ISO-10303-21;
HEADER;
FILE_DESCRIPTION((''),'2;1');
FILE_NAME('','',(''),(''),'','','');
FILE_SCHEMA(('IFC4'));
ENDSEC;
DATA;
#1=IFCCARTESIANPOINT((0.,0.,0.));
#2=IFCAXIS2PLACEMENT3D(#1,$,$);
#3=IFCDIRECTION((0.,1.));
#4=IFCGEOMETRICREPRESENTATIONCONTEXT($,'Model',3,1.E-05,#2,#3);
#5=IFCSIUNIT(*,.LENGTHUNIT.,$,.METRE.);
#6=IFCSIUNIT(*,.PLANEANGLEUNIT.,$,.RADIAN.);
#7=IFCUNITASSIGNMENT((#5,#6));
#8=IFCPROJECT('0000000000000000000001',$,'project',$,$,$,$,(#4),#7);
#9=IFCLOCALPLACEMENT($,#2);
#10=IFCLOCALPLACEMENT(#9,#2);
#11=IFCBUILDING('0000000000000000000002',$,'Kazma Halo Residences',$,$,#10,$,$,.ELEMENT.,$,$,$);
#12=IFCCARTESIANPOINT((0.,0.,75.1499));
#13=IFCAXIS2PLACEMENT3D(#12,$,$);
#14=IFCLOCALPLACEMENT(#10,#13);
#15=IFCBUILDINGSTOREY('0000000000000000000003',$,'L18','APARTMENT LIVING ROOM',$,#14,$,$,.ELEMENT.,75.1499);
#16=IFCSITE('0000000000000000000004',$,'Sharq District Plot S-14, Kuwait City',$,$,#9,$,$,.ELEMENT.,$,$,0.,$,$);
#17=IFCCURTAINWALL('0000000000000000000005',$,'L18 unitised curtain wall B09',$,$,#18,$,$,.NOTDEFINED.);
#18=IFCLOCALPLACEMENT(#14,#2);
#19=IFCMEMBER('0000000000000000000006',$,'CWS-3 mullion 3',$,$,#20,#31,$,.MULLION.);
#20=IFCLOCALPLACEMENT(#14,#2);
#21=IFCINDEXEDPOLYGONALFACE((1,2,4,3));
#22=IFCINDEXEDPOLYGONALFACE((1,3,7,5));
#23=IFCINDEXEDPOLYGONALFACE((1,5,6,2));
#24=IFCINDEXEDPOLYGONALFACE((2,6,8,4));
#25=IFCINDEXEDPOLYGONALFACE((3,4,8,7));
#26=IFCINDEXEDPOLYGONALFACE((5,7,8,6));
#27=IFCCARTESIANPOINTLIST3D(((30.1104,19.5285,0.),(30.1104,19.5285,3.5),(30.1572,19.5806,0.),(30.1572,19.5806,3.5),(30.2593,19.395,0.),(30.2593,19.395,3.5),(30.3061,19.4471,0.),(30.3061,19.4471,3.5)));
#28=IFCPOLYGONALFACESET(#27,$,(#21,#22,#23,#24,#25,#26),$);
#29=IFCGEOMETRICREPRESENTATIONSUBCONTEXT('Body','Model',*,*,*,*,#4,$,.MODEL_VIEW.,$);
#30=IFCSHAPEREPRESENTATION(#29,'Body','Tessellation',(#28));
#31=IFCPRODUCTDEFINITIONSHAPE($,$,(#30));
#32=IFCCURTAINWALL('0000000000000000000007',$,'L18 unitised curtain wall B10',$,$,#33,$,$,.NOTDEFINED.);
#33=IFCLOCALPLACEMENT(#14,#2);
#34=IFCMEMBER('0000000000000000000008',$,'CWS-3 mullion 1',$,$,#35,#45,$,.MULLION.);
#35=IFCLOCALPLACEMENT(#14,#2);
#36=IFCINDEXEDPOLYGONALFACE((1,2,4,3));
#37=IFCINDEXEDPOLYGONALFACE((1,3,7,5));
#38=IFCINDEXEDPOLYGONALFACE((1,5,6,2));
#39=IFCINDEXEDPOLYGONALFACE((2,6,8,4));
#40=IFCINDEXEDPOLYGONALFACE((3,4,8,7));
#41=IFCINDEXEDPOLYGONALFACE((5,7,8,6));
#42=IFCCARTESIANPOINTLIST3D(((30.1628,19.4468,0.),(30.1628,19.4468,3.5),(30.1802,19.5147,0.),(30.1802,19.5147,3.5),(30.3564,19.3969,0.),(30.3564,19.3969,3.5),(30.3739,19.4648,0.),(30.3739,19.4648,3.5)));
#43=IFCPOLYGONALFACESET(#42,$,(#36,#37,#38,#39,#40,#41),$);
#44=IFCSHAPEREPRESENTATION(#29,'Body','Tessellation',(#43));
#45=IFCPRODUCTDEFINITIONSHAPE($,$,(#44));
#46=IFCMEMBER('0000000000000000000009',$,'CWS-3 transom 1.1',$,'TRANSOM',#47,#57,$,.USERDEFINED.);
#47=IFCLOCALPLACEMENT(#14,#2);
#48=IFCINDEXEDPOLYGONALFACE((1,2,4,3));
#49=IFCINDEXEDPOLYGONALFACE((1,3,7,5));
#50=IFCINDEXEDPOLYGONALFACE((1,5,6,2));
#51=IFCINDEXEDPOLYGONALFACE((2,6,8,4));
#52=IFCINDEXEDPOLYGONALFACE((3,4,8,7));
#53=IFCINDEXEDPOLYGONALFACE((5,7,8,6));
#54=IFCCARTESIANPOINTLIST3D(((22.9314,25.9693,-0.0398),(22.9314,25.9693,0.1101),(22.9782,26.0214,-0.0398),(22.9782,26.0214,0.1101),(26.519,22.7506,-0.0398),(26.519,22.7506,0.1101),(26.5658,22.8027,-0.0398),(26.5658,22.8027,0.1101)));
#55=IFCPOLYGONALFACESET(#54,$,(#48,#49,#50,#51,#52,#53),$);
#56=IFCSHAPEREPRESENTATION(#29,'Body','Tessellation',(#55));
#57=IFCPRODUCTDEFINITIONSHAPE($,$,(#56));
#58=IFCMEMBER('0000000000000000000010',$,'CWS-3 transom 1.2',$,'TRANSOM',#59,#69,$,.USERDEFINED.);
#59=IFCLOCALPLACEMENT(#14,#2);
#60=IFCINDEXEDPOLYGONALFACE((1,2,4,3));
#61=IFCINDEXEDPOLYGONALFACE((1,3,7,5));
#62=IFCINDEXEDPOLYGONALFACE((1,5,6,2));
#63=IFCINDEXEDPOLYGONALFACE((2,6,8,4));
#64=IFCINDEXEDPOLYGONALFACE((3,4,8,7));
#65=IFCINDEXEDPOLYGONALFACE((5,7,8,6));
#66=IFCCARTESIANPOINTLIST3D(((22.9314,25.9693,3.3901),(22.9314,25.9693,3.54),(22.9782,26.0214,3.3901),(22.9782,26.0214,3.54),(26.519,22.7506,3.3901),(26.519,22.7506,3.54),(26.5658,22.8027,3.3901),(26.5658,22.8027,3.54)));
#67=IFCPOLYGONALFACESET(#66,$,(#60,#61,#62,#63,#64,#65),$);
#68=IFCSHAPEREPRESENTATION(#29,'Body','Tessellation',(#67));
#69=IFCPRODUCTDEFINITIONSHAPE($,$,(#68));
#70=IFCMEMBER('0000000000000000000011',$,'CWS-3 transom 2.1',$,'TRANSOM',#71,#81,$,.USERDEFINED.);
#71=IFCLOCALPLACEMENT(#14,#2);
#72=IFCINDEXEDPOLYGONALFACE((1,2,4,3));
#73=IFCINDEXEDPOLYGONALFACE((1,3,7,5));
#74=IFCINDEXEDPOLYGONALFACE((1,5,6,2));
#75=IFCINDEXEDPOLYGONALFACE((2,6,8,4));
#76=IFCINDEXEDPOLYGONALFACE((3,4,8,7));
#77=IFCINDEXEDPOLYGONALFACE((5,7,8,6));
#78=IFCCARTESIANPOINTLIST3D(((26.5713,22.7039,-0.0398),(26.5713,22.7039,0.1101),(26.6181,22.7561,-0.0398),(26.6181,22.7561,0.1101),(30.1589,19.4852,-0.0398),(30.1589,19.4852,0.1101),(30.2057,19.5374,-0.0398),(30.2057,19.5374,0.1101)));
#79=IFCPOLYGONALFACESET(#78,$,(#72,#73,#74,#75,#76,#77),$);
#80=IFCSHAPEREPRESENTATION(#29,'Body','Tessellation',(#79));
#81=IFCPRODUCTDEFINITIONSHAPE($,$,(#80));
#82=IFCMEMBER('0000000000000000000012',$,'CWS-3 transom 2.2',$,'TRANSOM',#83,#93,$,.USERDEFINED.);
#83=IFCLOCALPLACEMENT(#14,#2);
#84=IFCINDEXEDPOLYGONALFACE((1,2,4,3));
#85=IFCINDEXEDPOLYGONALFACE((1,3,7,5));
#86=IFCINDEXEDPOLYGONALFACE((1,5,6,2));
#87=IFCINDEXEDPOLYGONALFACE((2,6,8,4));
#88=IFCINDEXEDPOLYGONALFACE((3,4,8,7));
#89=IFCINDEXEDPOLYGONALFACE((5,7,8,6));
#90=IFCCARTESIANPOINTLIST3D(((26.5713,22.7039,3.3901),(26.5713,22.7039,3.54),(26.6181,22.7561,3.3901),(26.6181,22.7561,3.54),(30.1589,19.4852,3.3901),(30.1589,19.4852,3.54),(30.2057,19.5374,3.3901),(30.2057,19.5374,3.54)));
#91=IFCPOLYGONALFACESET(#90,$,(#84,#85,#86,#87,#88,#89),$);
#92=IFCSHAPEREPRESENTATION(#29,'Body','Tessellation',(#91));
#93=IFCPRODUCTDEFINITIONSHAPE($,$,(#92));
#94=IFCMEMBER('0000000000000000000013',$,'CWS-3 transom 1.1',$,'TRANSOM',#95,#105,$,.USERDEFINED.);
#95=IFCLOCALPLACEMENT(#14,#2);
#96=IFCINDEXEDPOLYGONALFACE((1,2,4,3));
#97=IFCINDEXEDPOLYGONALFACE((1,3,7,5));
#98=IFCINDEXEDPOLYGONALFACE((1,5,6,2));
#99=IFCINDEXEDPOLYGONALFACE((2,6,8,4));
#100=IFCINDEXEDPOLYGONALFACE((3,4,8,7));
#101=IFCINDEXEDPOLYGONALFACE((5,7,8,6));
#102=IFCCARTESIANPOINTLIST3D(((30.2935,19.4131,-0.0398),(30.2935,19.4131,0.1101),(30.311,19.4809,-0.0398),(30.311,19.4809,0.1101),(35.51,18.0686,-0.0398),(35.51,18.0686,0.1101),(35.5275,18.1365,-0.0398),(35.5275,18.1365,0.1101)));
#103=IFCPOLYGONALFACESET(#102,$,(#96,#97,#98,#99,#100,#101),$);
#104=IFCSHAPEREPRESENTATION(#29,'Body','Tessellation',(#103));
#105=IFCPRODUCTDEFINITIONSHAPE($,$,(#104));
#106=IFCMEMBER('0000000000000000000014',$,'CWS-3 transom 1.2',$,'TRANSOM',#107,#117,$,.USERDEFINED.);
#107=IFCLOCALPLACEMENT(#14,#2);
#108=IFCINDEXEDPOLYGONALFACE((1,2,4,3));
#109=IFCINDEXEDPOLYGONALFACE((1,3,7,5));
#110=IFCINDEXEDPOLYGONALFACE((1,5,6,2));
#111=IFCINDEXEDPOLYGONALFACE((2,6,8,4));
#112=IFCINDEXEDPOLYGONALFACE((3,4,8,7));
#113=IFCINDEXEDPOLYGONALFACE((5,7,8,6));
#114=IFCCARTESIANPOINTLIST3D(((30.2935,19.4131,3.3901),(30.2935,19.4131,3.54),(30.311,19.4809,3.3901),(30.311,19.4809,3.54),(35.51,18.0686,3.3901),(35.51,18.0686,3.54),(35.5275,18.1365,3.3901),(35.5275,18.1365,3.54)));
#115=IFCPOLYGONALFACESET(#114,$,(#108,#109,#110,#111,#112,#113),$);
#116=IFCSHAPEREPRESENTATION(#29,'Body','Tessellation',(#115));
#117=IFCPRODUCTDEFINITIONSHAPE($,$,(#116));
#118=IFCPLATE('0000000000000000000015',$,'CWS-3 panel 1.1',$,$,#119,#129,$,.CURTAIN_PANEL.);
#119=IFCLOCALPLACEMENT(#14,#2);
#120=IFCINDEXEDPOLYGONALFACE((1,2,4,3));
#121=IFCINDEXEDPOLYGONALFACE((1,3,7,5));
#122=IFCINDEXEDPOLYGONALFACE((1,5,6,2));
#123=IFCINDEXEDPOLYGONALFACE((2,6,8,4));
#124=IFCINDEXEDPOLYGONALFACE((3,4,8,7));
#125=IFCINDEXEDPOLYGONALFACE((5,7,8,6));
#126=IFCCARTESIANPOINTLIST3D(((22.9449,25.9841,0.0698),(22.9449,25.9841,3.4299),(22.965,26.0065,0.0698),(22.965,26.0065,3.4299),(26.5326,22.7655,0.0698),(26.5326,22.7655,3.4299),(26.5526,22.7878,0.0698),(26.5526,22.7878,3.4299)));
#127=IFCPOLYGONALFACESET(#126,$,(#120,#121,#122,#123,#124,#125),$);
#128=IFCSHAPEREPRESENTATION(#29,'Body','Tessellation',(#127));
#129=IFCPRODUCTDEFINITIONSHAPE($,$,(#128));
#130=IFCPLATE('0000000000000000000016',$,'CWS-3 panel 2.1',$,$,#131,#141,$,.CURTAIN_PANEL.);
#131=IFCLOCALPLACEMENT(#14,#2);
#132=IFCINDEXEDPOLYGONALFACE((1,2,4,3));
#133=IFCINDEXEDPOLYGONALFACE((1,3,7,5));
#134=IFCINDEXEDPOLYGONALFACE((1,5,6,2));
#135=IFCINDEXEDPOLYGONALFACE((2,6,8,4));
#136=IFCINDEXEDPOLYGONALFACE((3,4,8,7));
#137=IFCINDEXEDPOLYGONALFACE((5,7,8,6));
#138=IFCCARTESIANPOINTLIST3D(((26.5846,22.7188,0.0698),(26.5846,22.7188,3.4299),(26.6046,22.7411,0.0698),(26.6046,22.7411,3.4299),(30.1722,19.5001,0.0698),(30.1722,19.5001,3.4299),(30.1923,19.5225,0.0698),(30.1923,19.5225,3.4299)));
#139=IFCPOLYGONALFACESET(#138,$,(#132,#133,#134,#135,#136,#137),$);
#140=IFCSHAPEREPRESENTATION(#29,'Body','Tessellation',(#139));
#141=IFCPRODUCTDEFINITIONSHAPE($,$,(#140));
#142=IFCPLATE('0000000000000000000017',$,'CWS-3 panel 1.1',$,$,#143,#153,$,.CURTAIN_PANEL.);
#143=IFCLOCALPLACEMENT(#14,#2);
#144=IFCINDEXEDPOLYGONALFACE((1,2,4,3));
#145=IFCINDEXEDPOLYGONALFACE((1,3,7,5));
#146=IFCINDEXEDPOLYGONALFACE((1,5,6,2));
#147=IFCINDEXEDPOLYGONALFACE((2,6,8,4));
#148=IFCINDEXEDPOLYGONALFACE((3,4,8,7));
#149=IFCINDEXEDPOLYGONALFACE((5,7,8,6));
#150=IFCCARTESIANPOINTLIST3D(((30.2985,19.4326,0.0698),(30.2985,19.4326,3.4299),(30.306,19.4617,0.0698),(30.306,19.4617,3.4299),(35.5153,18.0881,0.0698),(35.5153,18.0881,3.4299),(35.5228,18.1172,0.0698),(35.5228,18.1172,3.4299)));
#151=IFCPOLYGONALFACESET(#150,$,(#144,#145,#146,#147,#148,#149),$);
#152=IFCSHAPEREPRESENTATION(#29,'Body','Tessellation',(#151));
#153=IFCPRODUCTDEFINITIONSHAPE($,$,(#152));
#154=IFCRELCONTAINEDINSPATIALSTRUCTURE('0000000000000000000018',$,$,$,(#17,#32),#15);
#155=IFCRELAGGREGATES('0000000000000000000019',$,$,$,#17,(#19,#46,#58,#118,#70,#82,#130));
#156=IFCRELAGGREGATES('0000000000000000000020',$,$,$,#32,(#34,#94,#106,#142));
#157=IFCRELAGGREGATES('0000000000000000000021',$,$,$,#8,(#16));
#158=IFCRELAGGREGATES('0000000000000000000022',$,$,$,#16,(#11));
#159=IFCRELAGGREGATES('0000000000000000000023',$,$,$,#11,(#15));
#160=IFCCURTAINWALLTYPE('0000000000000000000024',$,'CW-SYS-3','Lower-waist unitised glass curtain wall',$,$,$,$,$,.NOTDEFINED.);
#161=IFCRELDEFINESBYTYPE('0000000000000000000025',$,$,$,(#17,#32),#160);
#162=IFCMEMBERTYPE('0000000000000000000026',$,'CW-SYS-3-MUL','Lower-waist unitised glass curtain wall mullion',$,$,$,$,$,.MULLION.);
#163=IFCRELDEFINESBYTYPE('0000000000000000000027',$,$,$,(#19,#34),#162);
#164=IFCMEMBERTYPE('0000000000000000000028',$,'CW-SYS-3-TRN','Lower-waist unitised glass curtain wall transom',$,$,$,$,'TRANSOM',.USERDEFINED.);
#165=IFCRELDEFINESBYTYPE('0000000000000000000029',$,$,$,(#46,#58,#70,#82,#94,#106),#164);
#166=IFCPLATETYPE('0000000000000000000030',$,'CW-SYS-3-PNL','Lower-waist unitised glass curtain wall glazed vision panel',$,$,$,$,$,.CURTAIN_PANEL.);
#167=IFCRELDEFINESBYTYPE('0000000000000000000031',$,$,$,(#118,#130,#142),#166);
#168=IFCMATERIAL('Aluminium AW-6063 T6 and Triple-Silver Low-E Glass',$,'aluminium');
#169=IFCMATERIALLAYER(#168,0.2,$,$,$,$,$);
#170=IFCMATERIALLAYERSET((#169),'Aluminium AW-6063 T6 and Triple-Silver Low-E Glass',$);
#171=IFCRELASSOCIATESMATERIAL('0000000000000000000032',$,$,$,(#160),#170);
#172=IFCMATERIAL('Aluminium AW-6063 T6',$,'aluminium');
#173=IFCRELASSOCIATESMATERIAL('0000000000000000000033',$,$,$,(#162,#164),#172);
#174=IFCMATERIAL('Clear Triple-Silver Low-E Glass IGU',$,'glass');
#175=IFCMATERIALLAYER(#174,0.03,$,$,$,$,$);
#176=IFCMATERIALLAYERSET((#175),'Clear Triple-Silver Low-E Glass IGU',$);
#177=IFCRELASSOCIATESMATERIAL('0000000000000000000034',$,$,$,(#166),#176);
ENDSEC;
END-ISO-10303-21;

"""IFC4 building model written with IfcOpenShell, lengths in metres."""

from ifc_helpers import new_model, si_unit, direction, frame, origin, origin_2d, place, context, subcontext, project, spatial, rectangle, extrude, material, layer, layer_set, material_profile, profile_set, type_object, element, aggregate, save


model = new_model("IFC4")

# Units and contexts
model_context = context("Model", 3, precision=1e-05, world=origin(), true_north=direction((0.0, 1.0)))
body_context = subcontext(model_context, "Body", "Model", "MODEL_VIEW")
ifc_project = project(units=[si_unit("LENGTHUNIT", "METRE"), si_unit("PLANEANGLEUNIT", "RADIAN")], contexts=[model_context])

# Site, building, storey
site_placement = place(None, origin())
site = spatial("IfcSite", under=ifc_project, at=site_placement, Name="Sharq District Plot S-14, Kuwait City", CompositionType="ELEMENT", RefElevation=0.0)
building_placement = place(site_placement, origin())
building = spatial("IfcBuilding", under=site, at=building_placement, Name="Kazma Halo Residences", CompositionType="ELEMENT")
storey_placement = place(building_placement, frame((0.0, 0.0, 75.1499)))
storey = spatial("IfcBuildingStorey", under=building, at=storey_placement, Name="L18", Description="APARTMENT LIVING ROOM", CompositionType="ELEMENT", Elevation=75.1499)

# Shared definitions
ifc_material_1 = material(Name="Aluminium AW-6063 T6 and Triple-Silver Low-E Glass", Category="aluminium")
ifc_layer_1 = layer(ifc_material_1, 0.2)
ifc_layer_set_1 = layer_set([ifc_layer_1], Name="Aluminium AW-6063 T6 and Triple-Silver Low-E Glass")
curtain_wall_type = type_object("IfcCurtainWallType", Name="CW-SYS-3", Description="Lower-waist unitised glass curtain wall", PredefinedType="NOTDEFINED", material=ifc_layer_set_1)
ifc_material_2 = material(Name="Aluminium AW-6063 T6", Category="aluminium")
ifc_material_profile_1 = material_profile(ifc_material_2, rectangle(XDim=0.0701, YDim=0.2, at=origin_2d()), Name="CWM-70x200")
ifc_profile_set_1 = profile_set([ifc_material_profile_1], Name="Aluminium AW-6063 T6")
member_type_1 = type_object("IfcMemberType", Name="CW-SYS-3-MUL", Description="Lower-waist unitised glass curtain wall mullion", PredefinedType="MULLION", material=ifc_profile_set_1)

# Curtain wall, member
curtain_wall_1_placement = place(storey_placement, origin())
curtain_wall_1 = element("IfcCurtainWall", 1, at=curtain_wall_1_placement, inside=storey, type_object=curtain_wall_type, Name="L18 unitised curtain wall B09", PredefinedType="NOTDEFINED")
member_1_placement = place(storey_placement, frame((30.2083, 19.4878, 0.0), z_axis=(0.0, 0.0, 1.0), x_axis=(0.667795, 0.744345, 0.0)))
member_1 = element("IfcMember", 2, at=member_1_placement, type_object=member_type_1, Name="CWS-3 mullion 3", PredefinedType="MULLION", context=body_context, shape_type="SweptSolid", body=[
    extrude(rectangle(XDim=0.0701, YDim=0.2, at=origin_2d()), origin(), (0.0, 0.0, 1.0), 3.5),
])

# Curtain wall, member
curtain_wall_2_placement = place(storey_placement, origin())
curtain_wall_2 = element("IfcCurtainWall", 3, at=curtain_wall_2_placement, inside=storey, type_object=curtain_wall_type, Name="L18 unitised curtain wall B10", PredefinedType="NOTDEFINED")
member_2_placement = place(storey_placement, frame((30.2683, 19.4558, 0.0), z_axis=(0.0, 0.0, 1.0), x_axis=(0.249572, 0.968356, 0.0)))
member_2 = element("IfcMember", 4, at=member_2_placement, type_object=member_type_1, Name="CWS-3 mullion 1", PredefinedType="MULLION", context=body_context, shape_type="SweptSolid", body=[
    extrude(rectangle(XDim=0.0701, YDim=0.2, at=origin_2d()), origin(), (0.0, 0.0, 1.0), 3.5),
])

# Members
ifc_material_profile_2 = material_profile(ifc_material_2, rectangle(XDim=0.0701, YDim=0.1499, at=origin_2d()), Name="CWT-70x150")
ifc_profile_set_2 = profile_set([ifc_material_profile_2], Name="Aluminium AW-6063 T6")
member_type_2 = type_object("IfcMemberType", Name="CW-SYS-3-TRN", Description="Lower-waist unitised glass curtain wall transom", ElementType="TRANSOM", PredefinedType="USERDEFINED", material=ifc_profile_set_2)
member_3_placement = place(storey_placement, frame((22.9548, 25.9954, 0.0352), z_axis=(0.744338, -0.667803, 0.0), x_axis=(0.667803, 0.744338, 0.0)))
member_3 = element("IfcMember", 5, at=member_3_placement, type_object=member_type_2, Name="CWS-3 transom 1.1", ObjectType="TRANSOM", PredefinedType="USERDEFINED", context=body_context, shape_type="SweptSolid", body=[
    extrude(rectangle(XDim=0.0701, YDim=0.1499, at=origin_2d()), origin(), (0.0, 0.0, 1.0), 4.8198),
])
member_4_placement = place(storey_placement, frame((22.9548, 25.9954, 3.4651), z_axis=(0.744338, -0.667803, 0.0), x_axis=(0.667803, 0.744338, 0.0)))
member_4 = element("IfcMember", 6, at=member_4_placement, type_object=member_type_2, Name="CWS-3 transom 1.2", ObjectType="TRANSOM", PredefinedType="USERDEFINED", context=body_context, shape_type="SweptSolid", body=[
    extrude(rectangle(XDim=0.0701, YDim=0.1499, at=origin_2d()), origin(), (0.0, 0.0, 1.0), 4.8198),
])
member_5_placement = place(storey_placement, frame((26.5947, 22.73, 0.0352), z_axis=(0.744338, -0.667803, 0.0), x_axis=(0.667803, 0.744338, 0.0)))
member_5 = element("IfcMember", 7, at=member_5_placement, type_object=member_type_2, Name="CWS-3 transom 2.1", ObjectType="TRANSOM", PredefinedType="USERDEFINED", context=body_context, shape_type="SweptSolid", body=[
    extrude(rectangle(XDim=0.0701, YDim=0.1499, at=origin_2d()), origin(), (0.0, 0.0, 1.0), 4.8198),
])
member_6_placement = place(storey_placement, frame((26.5947, 22.73, 3.4651), z_axis=(0.744338, -0.667803, 0.0), x_axis=(0.667803, 0.744338, 0.0)))
member_6 = element("IfcMember", 8, at=member_6_placement, type_object=member_type_2, Name="CWS-3 transom 2.2", ObjectType="TRANSOM", PredefinedType="USERDEFINED", context=body_context, shape_type="SweptSolid", body=[
    extrude(rectangle(XDim=0.0701, YDim=0.1499, at=origin_2d()), origin(), (0.0, 0.0, 1.0), 4.8198),
])
member_7_placement = place(storey_placement, frame((30.3022, 19.447, 0.0352), z_axis=(0.968355, -0.249578, 0.0), x_axis=(0.249578, 0.968355, 0.0)))
member_7 = element("IfcMember", 9, at=member_7_placement, type_object=member_type_2, Name="CWS-3 transom 1.1", ObjectType="TRANSOM", PredefinedType="USERDEFINED", context=body_context, shape_type="SweptSolid", body=[
    extrude(rectangle(XDim=0.0701, YDim=0.1499, at=origin_2d()), origin(), (0.0, 0.0, 1.0), 5.387),
])
member_8_placement = place(storey_placement, frame((30.3022, 19.447, 3.4651), z_axis=(0.968355, -0.249578, 0.0), x_axis=(0.249578, 0.968355, 0.0)))
member_8 = element("IfcMember", 10, at=member_8_placement, type_object=member_type_2, Name="CWS-3 transom 1.2", ObjectType="TRANSOM", PredefinedType="USERDEFINED", context=body_context, shape_type="SweptSolid", body=[
    extrude(rectangle(XDim=0.0701, YDim=0.1499, at=origin_2d()), origin(), (0.0, 0.0, 1.0), 5.387),
])

# Plates
ifc_material_3 = material(Name="Clear Triple-Silver Low-E Glass IGU", Category="glass")
ifc_layer_2 = layer(ifc_material_3, 0.03)
ifc_layer_set_2 = layer_set([ifc_layer_2], Name="Clear Triple-Silver Low-E Glass IGU")
plate_type = type_object("IfcPlateType", Name="CW-SYS-3-PNL", Description="Lower-waist unitised glass curtain wall glazed vision panel", PredefinedType="CURTAIN_PANEL", material=ifc_layer_set_2)
plate_1_placement = place(storey_placement, frame((24.7488, 24.386, 0.0698), z_axis=(0.0, 0.0, 1.0), x_axis=(0.744345, -0.667795, 0.0)))
plate_1 = element("IfcPlate", 11, at=plate_1_placement, type_object=plate_type, Name="CWS-3 panel 1.1", PredefinedType="CURTAIN_PANEL", context=body_context, shape_type="SweptSolid", body=[
    extrude(rectangle(XDim=4.8198, YDim=0.03, at=origin_2d()), origin(), (0.0, 0.0, 1.0), 3.3601),
])
plate_2_placement = place(storey_placement, frame((28.3884, 21.1206, 0.0698), z_axis=(0.0, 0.0, 1.0), x_axis=(0.744345, -0.667795, 0.0)))
plate_2 = element("IfcPlate", 12, at=plate_2_placement, type_object=plate_type, Name="CWS-3 panel 2.1", PredefinedType="CURTAIN_PANEL", context=body_context, shape_type="SweptSolid", body=[
    extrude(rectangle(XDim=4.8198, YDim=0.03, at=origin_2d()), origin(), (0.0, 0.0, 1.0), 3.3601),
])
aggregate(curtain_wall_1, [member_1, member_3, member_4, plate_1, member_5, member_6, plate_2])
plate_3_placement = place(storey_placement, frame((32.9106, 18.7749, 0.0698), z_axis=(0.0, 0.0, 1.0), x_axis=(0.968356, -0.249572, 0.0)))
plate_3 = element("IfcPlate", 13, at=plate_3_placement, type_object=plate_type, Name="CWS-3 panel 1.1", PredefinedType="CURTAIN_PANEL", context=body_context, shape_type="SweptSolid", body=[
    extrude(rectangle(XDim=5.3872, YDim=0.03, at=origin_2d()), origin(), (0.0, 0.0, 1.0), 3.3601),
])
aggregate(curtain_wall_2, [member_2, member_7, member_8, plate_3])

save(model, "model.ifc")
